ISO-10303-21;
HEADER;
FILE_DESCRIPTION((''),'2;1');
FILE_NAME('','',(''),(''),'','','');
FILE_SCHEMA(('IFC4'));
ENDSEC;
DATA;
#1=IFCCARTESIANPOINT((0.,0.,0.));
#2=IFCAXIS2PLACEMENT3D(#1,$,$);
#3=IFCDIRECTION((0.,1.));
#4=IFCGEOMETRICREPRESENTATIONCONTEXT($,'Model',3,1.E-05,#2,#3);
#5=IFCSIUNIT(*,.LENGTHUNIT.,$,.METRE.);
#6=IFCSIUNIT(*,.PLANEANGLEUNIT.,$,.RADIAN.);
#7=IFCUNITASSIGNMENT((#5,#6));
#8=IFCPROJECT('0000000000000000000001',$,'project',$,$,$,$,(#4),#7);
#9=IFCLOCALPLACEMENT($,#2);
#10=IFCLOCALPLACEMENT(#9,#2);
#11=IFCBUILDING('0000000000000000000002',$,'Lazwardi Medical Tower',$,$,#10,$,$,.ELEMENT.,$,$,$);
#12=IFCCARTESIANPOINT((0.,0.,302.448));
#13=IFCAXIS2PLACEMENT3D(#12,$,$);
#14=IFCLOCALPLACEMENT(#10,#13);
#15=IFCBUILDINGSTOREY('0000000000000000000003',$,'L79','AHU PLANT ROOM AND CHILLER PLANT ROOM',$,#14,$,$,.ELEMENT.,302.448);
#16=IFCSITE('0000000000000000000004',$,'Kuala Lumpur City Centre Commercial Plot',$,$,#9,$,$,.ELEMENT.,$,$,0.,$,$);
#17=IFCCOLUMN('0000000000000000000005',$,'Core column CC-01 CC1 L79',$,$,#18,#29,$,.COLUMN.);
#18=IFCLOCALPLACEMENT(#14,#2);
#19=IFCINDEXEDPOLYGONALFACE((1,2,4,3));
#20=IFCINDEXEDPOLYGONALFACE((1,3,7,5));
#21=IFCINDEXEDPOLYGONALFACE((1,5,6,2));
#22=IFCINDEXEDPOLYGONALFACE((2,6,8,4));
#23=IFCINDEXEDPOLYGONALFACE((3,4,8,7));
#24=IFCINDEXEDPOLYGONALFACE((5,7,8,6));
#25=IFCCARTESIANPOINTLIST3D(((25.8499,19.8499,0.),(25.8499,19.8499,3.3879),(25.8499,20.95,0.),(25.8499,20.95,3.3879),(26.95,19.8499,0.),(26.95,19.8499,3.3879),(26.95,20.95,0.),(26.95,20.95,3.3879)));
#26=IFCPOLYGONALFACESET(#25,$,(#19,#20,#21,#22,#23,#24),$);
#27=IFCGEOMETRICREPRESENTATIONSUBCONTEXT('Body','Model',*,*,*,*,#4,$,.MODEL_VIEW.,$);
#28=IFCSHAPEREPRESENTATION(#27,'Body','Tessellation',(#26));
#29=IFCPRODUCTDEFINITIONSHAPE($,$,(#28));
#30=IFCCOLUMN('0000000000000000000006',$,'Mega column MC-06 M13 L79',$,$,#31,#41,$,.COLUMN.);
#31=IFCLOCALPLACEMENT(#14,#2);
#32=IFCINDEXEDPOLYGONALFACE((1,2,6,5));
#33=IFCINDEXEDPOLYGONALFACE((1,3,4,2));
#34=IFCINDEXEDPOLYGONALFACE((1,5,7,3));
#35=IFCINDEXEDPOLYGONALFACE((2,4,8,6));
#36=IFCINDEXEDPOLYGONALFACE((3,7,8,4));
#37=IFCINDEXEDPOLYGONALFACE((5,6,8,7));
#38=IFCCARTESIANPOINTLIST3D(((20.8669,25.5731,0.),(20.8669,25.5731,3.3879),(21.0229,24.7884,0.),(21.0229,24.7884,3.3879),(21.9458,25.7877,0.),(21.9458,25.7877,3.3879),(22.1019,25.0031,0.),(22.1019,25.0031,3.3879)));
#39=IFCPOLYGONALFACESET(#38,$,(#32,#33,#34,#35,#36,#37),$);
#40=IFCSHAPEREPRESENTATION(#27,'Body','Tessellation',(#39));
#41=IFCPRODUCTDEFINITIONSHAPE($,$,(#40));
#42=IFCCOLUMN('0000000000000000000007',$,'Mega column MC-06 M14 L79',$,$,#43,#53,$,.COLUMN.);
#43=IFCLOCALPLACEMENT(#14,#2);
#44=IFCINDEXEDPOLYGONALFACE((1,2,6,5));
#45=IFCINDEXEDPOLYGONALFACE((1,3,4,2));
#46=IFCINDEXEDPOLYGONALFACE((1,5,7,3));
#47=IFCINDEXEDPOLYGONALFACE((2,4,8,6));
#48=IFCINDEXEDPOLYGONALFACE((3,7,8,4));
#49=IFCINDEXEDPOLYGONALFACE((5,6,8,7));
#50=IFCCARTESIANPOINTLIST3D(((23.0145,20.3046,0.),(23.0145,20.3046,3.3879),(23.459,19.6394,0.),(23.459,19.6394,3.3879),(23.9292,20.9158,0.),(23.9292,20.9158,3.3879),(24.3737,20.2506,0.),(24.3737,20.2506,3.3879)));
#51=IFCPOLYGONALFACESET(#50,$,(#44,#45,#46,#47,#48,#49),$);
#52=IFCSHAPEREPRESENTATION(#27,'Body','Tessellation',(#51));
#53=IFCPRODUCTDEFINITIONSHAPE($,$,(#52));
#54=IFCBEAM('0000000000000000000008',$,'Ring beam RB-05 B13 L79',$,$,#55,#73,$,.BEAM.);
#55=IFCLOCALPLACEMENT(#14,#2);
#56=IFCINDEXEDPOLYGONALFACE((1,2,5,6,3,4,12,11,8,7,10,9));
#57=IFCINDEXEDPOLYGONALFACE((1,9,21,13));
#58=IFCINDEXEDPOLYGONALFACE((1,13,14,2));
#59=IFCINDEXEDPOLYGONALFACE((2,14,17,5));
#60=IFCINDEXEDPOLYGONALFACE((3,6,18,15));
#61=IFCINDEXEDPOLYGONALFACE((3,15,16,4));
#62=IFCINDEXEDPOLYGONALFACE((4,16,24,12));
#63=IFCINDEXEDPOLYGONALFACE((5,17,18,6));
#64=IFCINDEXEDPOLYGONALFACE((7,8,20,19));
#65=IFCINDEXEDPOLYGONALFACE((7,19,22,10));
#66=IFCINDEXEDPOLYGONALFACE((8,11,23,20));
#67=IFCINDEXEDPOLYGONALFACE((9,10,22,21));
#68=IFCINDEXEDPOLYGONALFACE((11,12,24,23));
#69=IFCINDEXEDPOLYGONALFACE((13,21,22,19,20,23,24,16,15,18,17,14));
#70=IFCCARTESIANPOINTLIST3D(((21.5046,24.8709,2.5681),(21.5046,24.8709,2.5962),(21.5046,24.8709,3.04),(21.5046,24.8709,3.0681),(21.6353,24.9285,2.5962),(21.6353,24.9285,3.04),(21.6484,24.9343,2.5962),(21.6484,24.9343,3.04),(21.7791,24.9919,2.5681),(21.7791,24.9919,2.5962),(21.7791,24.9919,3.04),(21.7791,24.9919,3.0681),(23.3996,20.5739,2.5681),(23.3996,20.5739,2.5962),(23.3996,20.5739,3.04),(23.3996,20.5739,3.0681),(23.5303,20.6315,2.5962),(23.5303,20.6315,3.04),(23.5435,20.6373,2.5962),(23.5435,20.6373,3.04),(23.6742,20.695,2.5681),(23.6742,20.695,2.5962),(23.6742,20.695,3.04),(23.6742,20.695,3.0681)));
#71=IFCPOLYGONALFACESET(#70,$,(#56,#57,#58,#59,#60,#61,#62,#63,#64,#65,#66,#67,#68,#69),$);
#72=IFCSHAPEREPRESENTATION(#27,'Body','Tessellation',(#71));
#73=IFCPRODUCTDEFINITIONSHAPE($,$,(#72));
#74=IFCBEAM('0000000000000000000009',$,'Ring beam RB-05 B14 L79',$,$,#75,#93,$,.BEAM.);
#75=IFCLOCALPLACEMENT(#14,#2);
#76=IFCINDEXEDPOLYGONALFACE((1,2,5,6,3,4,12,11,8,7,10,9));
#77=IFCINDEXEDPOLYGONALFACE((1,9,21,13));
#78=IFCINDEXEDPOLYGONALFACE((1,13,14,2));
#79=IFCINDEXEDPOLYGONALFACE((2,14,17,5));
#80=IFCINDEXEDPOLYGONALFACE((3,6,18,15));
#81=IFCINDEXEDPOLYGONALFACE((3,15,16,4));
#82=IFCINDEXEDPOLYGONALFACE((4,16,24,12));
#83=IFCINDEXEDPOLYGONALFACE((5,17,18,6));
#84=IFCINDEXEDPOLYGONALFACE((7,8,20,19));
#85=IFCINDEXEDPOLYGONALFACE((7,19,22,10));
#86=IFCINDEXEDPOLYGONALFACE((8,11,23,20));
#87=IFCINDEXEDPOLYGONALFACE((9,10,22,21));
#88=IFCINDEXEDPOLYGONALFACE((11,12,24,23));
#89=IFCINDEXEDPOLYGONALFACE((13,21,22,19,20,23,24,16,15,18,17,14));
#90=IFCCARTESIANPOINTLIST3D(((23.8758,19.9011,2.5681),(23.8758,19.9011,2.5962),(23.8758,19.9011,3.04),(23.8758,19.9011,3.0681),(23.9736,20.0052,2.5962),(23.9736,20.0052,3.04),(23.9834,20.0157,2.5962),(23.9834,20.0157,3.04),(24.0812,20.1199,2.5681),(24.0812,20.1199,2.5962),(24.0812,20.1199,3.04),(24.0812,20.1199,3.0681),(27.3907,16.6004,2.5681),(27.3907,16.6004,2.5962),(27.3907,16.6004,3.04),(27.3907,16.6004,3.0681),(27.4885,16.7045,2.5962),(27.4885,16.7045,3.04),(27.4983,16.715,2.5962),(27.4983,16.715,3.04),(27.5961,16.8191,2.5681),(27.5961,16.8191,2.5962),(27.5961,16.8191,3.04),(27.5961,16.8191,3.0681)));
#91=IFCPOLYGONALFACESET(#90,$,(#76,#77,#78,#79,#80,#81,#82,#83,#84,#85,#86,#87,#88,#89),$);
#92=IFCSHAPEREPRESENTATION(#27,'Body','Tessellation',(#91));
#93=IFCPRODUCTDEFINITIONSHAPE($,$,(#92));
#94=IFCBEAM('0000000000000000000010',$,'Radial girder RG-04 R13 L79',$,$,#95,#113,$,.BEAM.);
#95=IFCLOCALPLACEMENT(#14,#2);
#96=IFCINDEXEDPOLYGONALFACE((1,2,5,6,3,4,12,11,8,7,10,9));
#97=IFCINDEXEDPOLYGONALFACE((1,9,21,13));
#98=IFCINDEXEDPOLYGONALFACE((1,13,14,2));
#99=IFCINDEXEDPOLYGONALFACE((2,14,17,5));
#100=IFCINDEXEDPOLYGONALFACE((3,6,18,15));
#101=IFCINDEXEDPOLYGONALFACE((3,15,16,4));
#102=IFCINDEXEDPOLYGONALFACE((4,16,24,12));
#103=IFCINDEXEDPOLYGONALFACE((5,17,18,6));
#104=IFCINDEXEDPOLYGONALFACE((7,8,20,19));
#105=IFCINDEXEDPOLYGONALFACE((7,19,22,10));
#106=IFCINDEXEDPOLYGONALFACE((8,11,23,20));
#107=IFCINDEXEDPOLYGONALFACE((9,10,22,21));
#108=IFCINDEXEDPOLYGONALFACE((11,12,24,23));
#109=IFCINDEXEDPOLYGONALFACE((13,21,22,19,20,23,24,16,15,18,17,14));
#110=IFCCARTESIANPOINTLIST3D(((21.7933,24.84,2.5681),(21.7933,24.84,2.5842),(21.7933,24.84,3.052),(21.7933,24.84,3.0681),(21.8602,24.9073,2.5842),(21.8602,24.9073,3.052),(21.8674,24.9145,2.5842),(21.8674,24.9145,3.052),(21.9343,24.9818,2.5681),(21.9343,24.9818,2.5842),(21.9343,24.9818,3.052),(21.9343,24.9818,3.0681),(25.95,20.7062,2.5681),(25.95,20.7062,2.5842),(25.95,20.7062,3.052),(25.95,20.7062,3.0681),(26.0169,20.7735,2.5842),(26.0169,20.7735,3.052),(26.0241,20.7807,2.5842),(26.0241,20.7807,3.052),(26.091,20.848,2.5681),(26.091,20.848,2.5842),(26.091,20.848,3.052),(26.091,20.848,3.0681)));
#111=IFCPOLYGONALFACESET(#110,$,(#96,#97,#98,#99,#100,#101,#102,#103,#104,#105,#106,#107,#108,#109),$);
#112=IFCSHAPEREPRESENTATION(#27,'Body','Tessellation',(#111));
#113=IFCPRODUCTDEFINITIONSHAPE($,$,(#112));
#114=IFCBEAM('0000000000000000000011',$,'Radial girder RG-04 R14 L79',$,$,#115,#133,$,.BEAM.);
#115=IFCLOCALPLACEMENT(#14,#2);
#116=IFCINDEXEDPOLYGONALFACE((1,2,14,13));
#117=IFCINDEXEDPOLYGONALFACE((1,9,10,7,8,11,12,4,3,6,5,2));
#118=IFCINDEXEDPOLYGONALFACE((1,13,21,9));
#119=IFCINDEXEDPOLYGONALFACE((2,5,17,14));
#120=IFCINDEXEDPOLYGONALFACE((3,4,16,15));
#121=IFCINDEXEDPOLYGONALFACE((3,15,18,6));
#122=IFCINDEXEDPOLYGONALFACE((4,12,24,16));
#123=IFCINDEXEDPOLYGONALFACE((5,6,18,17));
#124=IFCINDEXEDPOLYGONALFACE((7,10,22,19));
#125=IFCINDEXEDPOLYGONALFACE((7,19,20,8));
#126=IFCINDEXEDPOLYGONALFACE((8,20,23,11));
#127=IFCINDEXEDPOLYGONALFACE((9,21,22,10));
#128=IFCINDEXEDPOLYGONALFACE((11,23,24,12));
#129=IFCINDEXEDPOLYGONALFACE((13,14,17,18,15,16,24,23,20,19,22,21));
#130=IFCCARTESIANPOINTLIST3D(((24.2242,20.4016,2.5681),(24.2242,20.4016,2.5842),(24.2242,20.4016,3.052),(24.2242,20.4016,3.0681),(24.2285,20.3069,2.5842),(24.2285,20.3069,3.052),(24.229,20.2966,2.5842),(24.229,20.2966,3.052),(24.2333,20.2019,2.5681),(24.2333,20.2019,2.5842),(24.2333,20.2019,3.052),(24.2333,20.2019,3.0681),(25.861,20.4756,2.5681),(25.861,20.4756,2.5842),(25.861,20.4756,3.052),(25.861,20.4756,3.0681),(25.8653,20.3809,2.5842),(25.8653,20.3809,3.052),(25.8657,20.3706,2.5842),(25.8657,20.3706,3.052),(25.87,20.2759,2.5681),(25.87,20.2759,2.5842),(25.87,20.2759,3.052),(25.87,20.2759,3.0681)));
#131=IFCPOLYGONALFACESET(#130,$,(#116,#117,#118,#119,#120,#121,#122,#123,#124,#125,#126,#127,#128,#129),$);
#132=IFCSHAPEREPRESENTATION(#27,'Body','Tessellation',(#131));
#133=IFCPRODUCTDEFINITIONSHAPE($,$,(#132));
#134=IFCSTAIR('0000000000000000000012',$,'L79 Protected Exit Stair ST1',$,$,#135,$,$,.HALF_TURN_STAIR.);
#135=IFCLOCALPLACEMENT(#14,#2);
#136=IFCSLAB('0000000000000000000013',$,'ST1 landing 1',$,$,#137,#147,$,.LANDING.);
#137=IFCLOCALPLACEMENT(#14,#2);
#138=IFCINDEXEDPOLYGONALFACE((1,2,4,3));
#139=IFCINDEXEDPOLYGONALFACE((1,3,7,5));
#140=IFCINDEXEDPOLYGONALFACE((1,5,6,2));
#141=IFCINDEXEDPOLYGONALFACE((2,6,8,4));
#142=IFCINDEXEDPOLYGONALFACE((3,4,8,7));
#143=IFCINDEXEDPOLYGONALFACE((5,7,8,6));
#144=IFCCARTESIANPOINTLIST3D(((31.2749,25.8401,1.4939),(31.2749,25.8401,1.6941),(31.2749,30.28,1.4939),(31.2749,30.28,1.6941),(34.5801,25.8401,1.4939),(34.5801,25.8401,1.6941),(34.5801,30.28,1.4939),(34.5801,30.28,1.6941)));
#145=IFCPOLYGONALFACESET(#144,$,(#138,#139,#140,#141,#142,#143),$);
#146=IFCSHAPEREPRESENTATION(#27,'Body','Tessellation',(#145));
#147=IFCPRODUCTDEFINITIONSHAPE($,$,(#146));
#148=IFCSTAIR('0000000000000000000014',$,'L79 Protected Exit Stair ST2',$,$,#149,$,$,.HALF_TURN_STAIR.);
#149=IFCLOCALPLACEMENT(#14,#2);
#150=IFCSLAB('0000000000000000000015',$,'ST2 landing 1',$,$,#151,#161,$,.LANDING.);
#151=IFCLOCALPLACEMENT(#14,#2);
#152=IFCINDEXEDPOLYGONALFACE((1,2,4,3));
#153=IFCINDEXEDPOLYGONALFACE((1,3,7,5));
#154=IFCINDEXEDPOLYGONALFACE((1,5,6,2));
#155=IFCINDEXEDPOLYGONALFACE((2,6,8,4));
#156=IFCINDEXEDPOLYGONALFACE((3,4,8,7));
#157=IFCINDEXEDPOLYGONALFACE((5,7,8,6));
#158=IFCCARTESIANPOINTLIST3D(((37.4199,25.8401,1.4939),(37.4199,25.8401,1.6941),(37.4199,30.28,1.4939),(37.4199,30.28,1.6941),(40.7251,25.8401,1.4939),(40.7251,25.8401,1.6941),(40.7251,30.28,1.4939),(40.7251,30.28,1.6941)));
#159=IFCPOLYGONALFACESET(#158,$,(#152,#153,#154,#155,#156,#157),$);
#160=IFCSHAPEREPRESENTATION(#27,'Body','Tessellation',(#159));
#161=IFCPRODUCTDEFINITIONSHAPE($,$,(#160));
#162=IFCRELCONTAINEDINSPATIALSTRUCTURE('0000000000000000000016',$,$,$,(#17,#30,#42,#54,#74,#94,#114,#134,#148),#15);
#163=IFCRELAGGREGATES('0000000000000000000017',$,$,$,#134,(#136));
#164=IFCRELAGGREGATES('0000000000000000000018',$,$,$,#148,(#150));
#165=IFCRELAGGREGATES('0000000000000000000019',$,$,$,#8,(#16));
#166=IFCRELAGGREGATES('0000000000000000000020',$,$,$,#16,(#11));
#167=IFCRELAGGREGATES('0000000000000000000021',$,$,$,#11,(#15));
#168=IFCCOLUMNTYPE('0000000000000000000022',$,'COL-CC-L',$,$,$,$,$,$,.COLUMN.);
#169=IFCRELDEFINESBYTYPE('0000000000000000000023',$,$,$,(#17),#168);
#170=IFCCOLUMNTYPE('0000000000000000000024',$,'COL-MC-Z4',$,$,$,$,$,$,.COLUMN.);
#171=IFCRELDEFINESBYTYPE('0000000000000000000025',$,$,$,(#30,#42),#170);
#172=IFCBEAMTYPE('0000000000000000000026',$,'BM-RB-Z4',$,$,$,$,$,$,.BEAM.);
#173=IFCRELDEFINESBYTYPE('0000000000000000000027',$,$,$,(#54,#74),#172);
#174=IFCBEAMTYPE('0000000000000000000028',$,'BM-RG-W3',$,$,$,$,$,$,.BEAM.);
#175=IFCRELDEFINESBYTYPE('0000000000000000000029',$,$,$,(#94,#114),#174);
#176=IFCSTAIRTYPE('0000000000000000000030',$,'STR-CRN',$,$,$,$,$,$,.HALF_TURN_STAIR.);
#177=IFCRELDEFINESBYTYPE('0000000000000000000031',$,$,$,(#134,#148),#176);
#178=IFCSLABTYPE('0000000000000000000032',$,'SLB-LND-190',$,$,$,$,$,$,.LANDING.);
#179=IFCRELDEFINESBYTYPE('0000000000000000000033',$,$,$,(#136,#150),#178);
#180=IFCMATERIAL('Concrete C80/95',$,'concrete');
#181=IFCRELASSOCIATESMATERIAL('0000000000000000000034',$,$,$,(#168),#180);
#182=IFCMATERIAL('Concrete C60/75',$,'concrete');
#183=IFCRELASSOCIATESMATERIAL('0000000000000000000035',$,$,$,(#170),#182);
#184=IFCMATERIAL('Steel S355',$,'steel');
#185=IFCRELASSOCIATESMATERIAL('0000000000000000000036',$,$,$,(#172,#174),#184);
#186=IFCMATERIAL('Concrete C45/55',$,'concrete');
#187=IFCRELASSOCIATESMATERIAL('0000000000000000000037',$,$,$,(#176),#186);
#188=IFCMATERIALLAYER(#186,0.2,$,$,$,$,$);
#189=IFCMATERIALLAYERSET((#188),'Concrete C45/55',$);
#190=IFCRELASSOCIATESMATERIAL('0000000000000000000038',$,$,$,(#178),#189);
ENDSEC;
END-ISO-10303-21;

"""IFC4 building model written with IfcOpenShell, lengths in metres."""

from ifc_helpers import new_model, si_unit, direction, frame, origin, origin_2d, place, context, subcontext, project, spatial, polyline, rectangle, i_section, outline, extrude, material, layer, layer_set, material_profile, profile_set, type_object, element, aggregate, save


model = new_model("IFC4")

# Units and contexts
model_context = context("Model", 3, precision=1e-05, world=origin(), true_north=direction((0.0, 1.0)))
body_context = subcontext(model_context, "Body", "Model", "MODEL_VIEW")
ifc_project = project(units=[si_unit("LENGTHUNIT", "METRE"), si_unit("PLANEANGLEUNIT", "RADIAN")], contexts=[model_context])

# Site, building, storey
site_placement = place(None, origin())
site = spatial("IfcSite", under=ifc_project, at=site_placement, Name="Kuala Lumpur City Centre Commercial Plot", CompositionType="ELEMENT", RefElevation=0.0)
building_placement = place(site_placement, origin())
building = spatial("IfcBuilding", under=site, at=building_placement, Name="Lazwardi Medical Tower", CompositionType="ELEMENT")
storey_placement = place(building_placement, frame((0.0, 0.0, 302.448)))
storey = spatial("IfcBuildingStorey", under=building, at=storey_placement, Name="L79", Description="AHU PLANT ROOM AND CHILLER PLANT ROOM", CompositionType="ELEMENT", Elevation=302.448)

# Columns
ifc_material_1 = material(Name="Concrete C80/95", Category="concrete")
ifc_material_profile_1 = material_profile(ifc_material_1, rectangle(XDim=1.1001, YDim=1.1001, at=origin_2d()), Name="RC 1100x1100")
ifc_profile_set_1 = profile_set([ifc_material_profile_1], Name="Concrete C80/95")
column_type_1 = type_object("IfcColumnType", Name="COL-CC-L", PredefinedType="COLUMN", material=ifc_profile_set_1)
column_placement = place(storey_placement, frame((26.3999, 20.3999, 0.0), z_axis=(0.0, 0.0, 1.0), x_axis=(1.0, 0.0, 0.0)))
element("IfcColumn", 1, at=column_placement, inside=storey, type_object=column_type_1, Name="Core column CC-01 CC1 L79", PredefinedType="COLUMN", context=body_context, shape_type="SweptSolid", body=[
    extrude(rectangle(XDim=1.1001, YDim=1.1001, at=origin_2d()), origin(), (0.0, 0.0, 1.0), 3.3879),
])
ifc_material_2 = material(Name="Concrete C60/75", Category="concrete")
ifc_material_profile_2 = material_profile(ifc_material_2, rectangle(XDim=1.1001, YDim=0.8, at=origin_2d()), Name="CFT-RECT 1100x800")
ifc_profile_set_2 = profile_set([ifc_material_profile_2], Name="Concrete C60/75")
column_type_2 = type_object("IfcColumnType", Name="COL-MC-Z4", PredefinedType="COLUMN", material=ifc_profile_set_2)
for number, where, z_axis, x_axis, name in (
    (2, (21.4844, 25.2881, 0.0), (0.0, 0.0, 1.0), (-0.980785, -0.19509, 0.0), "Mega column MC-06 M13 L79"),
    (3, (23.6941, 20.2776, 0.0), (0.0, 0.0, 1.0), (-0.83147, -0.55557, 0.0), "Mega column MC-06 M14 L79"),
):
    element("IfcColumn", number, at=place(storey_placement, frame(where, z_axis=z_axis, x_axis=x_axis)), inside=storey, type_object=column_type_2, Name=name, PredefinedType="COLUMN", context=body_context, shape_type="SweptSolid", body=[
        extrude(rectangle(XDim=1.1001, YDim=0.8, at=origin_2d()), origin(), (0.0, 0.0, 1.0), 3.3879),
    ])

# Beams
ifc_material_3 = material(Name="Steel S355", Category="steel")
ifc_material_profile_3 = material_profile(ifc_material_3, i_section(OverallWidth=0.3, OverallDepth=0.5, WebThickness=0.0144, FlangeThickness=0.0281, at=origin_2d()), Name="HEB 500")
ifc_profile_set_3 = profile_set([ifc_material_profile_3], Name="Steel S355")
beam_type_1 = type_object("IfcBeamType", Name="BM-RB-Z4", PredefinedType="BEAM", material=ifc_profile_set_3)
beam_1_placement = place(storey_placement, frame((21.6418, 24.9314, 2.8181), z_axis=(0.403522, -0.91497, 0.0), x_axis=(0.91497, 0.403522, 0.0)))
element("IfcBeam", 4, at=beam_1_placement, inside=storey, type_object=beam_type_1, Name="Ring beam RB-05 B13 L79", PredefinedType="BEAM", context=body_context, shape_type="SweptSolid", body=[
    extrude(i_section(OverallWidth=0.3, OverallDepth=0.5, WebThickness=0.0144, FlangeThickness=0.0281, at=origin_2d()), origin(), (0.0, 0.0, 1.0), 4.6963),
])
beam_2_placement = place(storey_placement, frame((23.9785, 20.0105, 2.8181), z_axis=(0.728961, -0.684556, 0.0), x_axis=(0.684556, 0.728961, 0.0)))
element("IfcBeam", 5, at=beam_2_placement, inside=storey, type_object=beam_type_1, Name="Ring beam RB-05 B14 L79", PredefinedType="BEAM", context=body_context, shape_type="SweptSolid", body=[
    extrude(i_section(OverallWidth=0.3, OverallDepth=0.5, WebThickness=0.0144, FlangeThickness=0.0281, at=origin_2d()), origin(), (0.0, 0.0, 1.0), 4.8218),
])
ifc_material_profile_4 = material_profile(ifc_material_3, i_section(OverallWidth=0.2, OverallDepth=0.5, WebThickness=0.0103, FlangeThickness=0.0161, at=origin_2d()), Name="IPE 500")
ifc_profile_set_4 = profile_set([ifc_material_profile_4], Name="Steel S355")
beam_type_2 = type_object("IfcBeamType", Name="BM-RG-W3", PredefinedType="BEAM", material=ifc_profile_set_4)
beam_3_placement = place(storey_placement, frame((21.8638, 24.9109, 2.8181), z_axis=(0.709061, -0.705147, 0.0), x_axis=(0.705147, 0.709061, 0.0)))
element("IfcBeam", 6, at=beam_3_placement, inside=storey, type_object=beam_type_2, Name="Radial girder RG-04 R13 L79", PredefinedType="BEAM", context=body_context, shape_type="SweptSolid", body=[
    extrude(i_section(OverallWidth=0.2, OverallDepth=0.5, WebThickness=0.0103, FlangeThickness=0.0161, at=origin_2d()), origin(), (0.0, 0.0, 1.0), 5.8623),
])
beam_4_placement = place(storey_placement, frame((24.2288, 20.3018, 2.8181), z_axis=(0.99898, 0.045151, 0.0), x_axis=(-0.045151, 0.99898, 0.0)))
element("IfcBeam", 7, at=beam_4_placement, inside=storey, type_object=beam_type_2, Name="Radial girder RG-04 R14 L79", PredefinedType="BEAM", context=body_context, shape_type="SweptSolid", body=[
    extrude(i_section(OverallWidth=0.2, OverallDepth=0.5, WebThickness=0.0103, FlangeThickness=0.0161, at=origin_2d()), origin(), (0.0, 0.0, 1.0), 1.6384),
])

# Stairs, slabs
ifc_material_4 = material(Name="Concrete C45/55", Category="concrete")
stair_type = type_object("IfcStairType", Name="STR-CRN", PredefinedType="HALF_TURN_STAIR", material=ifc_material_4)
stair_1_placement = place(storey_placement, origin())
stair_1 = element("IfcStair", 8, at=stair_1_placement, inside=storey, type_object=stair_type, Name="L79 Protected Exit Stair ST1", PredefinedType="HALF_TURN_STAIR")
ifc_layer_1 = layer(ifc_material_4, 0.2)
ifc_layer_set_1 = layer_set([ifc_layer_1], Name="Concrete C45/55")
slab_type_1 = type_object("IfcSlabType", Name="SLB-LND-190", PredefinedType="LANDING", material=ifc_layer_set_1)
slab_1_placement = place(storey_placement, frame((0.0, 0.0, 1.4939)))
slab_1 = element("IfcSlab", 9, at=slab_1_placement, type_object=slab_type_1, Name="ST1 landing 1", PredefinedType="LANDING", context=body_context, shape_type="SweptSolid", body=[
    extrude(outline(polyline([(31.2749, 25.8401), (34.5801, 25.8401), (34.5801, 30.28), (31.2749, 30.28), (31.2749, 25.8401)])), origin(), (0.0, 0.0, 1.0), 0.2002),
])
aggregate(stair_1, [slab_1])
stair_2_placement = place(storey_placement, origin())
stair_2 = element("IfcStair", 10, at=stair_2_placement, inside=storey, type_object=stair_type, Name="L79 Protected Exit Stair ST2", PredefinedType="HALF_TURN_STAIR")
slab_2_placement = place(storey_placement, frame((0.0, 0.0, 1.4939)))
slab_2 = element("IfcSlab", 11, at=slab_2_placement, type_object=slab_type_1, Name="ST2 landing 1", PredefinedType="LANDING", context=body_context, shape_type="SweptSolid", body=[
    extrude(outline(polyline([(40.7251, 30.28), (37.4199, 30.28), (37.4199, 25.8401), (40.7251, 25.8401), (40.7251, 30.28)])), origin(), (0.0, 0.0, 1.0), 0.2002),
])
aggregate(stair_2, [slab_2])

save(model, "model.ifc")
